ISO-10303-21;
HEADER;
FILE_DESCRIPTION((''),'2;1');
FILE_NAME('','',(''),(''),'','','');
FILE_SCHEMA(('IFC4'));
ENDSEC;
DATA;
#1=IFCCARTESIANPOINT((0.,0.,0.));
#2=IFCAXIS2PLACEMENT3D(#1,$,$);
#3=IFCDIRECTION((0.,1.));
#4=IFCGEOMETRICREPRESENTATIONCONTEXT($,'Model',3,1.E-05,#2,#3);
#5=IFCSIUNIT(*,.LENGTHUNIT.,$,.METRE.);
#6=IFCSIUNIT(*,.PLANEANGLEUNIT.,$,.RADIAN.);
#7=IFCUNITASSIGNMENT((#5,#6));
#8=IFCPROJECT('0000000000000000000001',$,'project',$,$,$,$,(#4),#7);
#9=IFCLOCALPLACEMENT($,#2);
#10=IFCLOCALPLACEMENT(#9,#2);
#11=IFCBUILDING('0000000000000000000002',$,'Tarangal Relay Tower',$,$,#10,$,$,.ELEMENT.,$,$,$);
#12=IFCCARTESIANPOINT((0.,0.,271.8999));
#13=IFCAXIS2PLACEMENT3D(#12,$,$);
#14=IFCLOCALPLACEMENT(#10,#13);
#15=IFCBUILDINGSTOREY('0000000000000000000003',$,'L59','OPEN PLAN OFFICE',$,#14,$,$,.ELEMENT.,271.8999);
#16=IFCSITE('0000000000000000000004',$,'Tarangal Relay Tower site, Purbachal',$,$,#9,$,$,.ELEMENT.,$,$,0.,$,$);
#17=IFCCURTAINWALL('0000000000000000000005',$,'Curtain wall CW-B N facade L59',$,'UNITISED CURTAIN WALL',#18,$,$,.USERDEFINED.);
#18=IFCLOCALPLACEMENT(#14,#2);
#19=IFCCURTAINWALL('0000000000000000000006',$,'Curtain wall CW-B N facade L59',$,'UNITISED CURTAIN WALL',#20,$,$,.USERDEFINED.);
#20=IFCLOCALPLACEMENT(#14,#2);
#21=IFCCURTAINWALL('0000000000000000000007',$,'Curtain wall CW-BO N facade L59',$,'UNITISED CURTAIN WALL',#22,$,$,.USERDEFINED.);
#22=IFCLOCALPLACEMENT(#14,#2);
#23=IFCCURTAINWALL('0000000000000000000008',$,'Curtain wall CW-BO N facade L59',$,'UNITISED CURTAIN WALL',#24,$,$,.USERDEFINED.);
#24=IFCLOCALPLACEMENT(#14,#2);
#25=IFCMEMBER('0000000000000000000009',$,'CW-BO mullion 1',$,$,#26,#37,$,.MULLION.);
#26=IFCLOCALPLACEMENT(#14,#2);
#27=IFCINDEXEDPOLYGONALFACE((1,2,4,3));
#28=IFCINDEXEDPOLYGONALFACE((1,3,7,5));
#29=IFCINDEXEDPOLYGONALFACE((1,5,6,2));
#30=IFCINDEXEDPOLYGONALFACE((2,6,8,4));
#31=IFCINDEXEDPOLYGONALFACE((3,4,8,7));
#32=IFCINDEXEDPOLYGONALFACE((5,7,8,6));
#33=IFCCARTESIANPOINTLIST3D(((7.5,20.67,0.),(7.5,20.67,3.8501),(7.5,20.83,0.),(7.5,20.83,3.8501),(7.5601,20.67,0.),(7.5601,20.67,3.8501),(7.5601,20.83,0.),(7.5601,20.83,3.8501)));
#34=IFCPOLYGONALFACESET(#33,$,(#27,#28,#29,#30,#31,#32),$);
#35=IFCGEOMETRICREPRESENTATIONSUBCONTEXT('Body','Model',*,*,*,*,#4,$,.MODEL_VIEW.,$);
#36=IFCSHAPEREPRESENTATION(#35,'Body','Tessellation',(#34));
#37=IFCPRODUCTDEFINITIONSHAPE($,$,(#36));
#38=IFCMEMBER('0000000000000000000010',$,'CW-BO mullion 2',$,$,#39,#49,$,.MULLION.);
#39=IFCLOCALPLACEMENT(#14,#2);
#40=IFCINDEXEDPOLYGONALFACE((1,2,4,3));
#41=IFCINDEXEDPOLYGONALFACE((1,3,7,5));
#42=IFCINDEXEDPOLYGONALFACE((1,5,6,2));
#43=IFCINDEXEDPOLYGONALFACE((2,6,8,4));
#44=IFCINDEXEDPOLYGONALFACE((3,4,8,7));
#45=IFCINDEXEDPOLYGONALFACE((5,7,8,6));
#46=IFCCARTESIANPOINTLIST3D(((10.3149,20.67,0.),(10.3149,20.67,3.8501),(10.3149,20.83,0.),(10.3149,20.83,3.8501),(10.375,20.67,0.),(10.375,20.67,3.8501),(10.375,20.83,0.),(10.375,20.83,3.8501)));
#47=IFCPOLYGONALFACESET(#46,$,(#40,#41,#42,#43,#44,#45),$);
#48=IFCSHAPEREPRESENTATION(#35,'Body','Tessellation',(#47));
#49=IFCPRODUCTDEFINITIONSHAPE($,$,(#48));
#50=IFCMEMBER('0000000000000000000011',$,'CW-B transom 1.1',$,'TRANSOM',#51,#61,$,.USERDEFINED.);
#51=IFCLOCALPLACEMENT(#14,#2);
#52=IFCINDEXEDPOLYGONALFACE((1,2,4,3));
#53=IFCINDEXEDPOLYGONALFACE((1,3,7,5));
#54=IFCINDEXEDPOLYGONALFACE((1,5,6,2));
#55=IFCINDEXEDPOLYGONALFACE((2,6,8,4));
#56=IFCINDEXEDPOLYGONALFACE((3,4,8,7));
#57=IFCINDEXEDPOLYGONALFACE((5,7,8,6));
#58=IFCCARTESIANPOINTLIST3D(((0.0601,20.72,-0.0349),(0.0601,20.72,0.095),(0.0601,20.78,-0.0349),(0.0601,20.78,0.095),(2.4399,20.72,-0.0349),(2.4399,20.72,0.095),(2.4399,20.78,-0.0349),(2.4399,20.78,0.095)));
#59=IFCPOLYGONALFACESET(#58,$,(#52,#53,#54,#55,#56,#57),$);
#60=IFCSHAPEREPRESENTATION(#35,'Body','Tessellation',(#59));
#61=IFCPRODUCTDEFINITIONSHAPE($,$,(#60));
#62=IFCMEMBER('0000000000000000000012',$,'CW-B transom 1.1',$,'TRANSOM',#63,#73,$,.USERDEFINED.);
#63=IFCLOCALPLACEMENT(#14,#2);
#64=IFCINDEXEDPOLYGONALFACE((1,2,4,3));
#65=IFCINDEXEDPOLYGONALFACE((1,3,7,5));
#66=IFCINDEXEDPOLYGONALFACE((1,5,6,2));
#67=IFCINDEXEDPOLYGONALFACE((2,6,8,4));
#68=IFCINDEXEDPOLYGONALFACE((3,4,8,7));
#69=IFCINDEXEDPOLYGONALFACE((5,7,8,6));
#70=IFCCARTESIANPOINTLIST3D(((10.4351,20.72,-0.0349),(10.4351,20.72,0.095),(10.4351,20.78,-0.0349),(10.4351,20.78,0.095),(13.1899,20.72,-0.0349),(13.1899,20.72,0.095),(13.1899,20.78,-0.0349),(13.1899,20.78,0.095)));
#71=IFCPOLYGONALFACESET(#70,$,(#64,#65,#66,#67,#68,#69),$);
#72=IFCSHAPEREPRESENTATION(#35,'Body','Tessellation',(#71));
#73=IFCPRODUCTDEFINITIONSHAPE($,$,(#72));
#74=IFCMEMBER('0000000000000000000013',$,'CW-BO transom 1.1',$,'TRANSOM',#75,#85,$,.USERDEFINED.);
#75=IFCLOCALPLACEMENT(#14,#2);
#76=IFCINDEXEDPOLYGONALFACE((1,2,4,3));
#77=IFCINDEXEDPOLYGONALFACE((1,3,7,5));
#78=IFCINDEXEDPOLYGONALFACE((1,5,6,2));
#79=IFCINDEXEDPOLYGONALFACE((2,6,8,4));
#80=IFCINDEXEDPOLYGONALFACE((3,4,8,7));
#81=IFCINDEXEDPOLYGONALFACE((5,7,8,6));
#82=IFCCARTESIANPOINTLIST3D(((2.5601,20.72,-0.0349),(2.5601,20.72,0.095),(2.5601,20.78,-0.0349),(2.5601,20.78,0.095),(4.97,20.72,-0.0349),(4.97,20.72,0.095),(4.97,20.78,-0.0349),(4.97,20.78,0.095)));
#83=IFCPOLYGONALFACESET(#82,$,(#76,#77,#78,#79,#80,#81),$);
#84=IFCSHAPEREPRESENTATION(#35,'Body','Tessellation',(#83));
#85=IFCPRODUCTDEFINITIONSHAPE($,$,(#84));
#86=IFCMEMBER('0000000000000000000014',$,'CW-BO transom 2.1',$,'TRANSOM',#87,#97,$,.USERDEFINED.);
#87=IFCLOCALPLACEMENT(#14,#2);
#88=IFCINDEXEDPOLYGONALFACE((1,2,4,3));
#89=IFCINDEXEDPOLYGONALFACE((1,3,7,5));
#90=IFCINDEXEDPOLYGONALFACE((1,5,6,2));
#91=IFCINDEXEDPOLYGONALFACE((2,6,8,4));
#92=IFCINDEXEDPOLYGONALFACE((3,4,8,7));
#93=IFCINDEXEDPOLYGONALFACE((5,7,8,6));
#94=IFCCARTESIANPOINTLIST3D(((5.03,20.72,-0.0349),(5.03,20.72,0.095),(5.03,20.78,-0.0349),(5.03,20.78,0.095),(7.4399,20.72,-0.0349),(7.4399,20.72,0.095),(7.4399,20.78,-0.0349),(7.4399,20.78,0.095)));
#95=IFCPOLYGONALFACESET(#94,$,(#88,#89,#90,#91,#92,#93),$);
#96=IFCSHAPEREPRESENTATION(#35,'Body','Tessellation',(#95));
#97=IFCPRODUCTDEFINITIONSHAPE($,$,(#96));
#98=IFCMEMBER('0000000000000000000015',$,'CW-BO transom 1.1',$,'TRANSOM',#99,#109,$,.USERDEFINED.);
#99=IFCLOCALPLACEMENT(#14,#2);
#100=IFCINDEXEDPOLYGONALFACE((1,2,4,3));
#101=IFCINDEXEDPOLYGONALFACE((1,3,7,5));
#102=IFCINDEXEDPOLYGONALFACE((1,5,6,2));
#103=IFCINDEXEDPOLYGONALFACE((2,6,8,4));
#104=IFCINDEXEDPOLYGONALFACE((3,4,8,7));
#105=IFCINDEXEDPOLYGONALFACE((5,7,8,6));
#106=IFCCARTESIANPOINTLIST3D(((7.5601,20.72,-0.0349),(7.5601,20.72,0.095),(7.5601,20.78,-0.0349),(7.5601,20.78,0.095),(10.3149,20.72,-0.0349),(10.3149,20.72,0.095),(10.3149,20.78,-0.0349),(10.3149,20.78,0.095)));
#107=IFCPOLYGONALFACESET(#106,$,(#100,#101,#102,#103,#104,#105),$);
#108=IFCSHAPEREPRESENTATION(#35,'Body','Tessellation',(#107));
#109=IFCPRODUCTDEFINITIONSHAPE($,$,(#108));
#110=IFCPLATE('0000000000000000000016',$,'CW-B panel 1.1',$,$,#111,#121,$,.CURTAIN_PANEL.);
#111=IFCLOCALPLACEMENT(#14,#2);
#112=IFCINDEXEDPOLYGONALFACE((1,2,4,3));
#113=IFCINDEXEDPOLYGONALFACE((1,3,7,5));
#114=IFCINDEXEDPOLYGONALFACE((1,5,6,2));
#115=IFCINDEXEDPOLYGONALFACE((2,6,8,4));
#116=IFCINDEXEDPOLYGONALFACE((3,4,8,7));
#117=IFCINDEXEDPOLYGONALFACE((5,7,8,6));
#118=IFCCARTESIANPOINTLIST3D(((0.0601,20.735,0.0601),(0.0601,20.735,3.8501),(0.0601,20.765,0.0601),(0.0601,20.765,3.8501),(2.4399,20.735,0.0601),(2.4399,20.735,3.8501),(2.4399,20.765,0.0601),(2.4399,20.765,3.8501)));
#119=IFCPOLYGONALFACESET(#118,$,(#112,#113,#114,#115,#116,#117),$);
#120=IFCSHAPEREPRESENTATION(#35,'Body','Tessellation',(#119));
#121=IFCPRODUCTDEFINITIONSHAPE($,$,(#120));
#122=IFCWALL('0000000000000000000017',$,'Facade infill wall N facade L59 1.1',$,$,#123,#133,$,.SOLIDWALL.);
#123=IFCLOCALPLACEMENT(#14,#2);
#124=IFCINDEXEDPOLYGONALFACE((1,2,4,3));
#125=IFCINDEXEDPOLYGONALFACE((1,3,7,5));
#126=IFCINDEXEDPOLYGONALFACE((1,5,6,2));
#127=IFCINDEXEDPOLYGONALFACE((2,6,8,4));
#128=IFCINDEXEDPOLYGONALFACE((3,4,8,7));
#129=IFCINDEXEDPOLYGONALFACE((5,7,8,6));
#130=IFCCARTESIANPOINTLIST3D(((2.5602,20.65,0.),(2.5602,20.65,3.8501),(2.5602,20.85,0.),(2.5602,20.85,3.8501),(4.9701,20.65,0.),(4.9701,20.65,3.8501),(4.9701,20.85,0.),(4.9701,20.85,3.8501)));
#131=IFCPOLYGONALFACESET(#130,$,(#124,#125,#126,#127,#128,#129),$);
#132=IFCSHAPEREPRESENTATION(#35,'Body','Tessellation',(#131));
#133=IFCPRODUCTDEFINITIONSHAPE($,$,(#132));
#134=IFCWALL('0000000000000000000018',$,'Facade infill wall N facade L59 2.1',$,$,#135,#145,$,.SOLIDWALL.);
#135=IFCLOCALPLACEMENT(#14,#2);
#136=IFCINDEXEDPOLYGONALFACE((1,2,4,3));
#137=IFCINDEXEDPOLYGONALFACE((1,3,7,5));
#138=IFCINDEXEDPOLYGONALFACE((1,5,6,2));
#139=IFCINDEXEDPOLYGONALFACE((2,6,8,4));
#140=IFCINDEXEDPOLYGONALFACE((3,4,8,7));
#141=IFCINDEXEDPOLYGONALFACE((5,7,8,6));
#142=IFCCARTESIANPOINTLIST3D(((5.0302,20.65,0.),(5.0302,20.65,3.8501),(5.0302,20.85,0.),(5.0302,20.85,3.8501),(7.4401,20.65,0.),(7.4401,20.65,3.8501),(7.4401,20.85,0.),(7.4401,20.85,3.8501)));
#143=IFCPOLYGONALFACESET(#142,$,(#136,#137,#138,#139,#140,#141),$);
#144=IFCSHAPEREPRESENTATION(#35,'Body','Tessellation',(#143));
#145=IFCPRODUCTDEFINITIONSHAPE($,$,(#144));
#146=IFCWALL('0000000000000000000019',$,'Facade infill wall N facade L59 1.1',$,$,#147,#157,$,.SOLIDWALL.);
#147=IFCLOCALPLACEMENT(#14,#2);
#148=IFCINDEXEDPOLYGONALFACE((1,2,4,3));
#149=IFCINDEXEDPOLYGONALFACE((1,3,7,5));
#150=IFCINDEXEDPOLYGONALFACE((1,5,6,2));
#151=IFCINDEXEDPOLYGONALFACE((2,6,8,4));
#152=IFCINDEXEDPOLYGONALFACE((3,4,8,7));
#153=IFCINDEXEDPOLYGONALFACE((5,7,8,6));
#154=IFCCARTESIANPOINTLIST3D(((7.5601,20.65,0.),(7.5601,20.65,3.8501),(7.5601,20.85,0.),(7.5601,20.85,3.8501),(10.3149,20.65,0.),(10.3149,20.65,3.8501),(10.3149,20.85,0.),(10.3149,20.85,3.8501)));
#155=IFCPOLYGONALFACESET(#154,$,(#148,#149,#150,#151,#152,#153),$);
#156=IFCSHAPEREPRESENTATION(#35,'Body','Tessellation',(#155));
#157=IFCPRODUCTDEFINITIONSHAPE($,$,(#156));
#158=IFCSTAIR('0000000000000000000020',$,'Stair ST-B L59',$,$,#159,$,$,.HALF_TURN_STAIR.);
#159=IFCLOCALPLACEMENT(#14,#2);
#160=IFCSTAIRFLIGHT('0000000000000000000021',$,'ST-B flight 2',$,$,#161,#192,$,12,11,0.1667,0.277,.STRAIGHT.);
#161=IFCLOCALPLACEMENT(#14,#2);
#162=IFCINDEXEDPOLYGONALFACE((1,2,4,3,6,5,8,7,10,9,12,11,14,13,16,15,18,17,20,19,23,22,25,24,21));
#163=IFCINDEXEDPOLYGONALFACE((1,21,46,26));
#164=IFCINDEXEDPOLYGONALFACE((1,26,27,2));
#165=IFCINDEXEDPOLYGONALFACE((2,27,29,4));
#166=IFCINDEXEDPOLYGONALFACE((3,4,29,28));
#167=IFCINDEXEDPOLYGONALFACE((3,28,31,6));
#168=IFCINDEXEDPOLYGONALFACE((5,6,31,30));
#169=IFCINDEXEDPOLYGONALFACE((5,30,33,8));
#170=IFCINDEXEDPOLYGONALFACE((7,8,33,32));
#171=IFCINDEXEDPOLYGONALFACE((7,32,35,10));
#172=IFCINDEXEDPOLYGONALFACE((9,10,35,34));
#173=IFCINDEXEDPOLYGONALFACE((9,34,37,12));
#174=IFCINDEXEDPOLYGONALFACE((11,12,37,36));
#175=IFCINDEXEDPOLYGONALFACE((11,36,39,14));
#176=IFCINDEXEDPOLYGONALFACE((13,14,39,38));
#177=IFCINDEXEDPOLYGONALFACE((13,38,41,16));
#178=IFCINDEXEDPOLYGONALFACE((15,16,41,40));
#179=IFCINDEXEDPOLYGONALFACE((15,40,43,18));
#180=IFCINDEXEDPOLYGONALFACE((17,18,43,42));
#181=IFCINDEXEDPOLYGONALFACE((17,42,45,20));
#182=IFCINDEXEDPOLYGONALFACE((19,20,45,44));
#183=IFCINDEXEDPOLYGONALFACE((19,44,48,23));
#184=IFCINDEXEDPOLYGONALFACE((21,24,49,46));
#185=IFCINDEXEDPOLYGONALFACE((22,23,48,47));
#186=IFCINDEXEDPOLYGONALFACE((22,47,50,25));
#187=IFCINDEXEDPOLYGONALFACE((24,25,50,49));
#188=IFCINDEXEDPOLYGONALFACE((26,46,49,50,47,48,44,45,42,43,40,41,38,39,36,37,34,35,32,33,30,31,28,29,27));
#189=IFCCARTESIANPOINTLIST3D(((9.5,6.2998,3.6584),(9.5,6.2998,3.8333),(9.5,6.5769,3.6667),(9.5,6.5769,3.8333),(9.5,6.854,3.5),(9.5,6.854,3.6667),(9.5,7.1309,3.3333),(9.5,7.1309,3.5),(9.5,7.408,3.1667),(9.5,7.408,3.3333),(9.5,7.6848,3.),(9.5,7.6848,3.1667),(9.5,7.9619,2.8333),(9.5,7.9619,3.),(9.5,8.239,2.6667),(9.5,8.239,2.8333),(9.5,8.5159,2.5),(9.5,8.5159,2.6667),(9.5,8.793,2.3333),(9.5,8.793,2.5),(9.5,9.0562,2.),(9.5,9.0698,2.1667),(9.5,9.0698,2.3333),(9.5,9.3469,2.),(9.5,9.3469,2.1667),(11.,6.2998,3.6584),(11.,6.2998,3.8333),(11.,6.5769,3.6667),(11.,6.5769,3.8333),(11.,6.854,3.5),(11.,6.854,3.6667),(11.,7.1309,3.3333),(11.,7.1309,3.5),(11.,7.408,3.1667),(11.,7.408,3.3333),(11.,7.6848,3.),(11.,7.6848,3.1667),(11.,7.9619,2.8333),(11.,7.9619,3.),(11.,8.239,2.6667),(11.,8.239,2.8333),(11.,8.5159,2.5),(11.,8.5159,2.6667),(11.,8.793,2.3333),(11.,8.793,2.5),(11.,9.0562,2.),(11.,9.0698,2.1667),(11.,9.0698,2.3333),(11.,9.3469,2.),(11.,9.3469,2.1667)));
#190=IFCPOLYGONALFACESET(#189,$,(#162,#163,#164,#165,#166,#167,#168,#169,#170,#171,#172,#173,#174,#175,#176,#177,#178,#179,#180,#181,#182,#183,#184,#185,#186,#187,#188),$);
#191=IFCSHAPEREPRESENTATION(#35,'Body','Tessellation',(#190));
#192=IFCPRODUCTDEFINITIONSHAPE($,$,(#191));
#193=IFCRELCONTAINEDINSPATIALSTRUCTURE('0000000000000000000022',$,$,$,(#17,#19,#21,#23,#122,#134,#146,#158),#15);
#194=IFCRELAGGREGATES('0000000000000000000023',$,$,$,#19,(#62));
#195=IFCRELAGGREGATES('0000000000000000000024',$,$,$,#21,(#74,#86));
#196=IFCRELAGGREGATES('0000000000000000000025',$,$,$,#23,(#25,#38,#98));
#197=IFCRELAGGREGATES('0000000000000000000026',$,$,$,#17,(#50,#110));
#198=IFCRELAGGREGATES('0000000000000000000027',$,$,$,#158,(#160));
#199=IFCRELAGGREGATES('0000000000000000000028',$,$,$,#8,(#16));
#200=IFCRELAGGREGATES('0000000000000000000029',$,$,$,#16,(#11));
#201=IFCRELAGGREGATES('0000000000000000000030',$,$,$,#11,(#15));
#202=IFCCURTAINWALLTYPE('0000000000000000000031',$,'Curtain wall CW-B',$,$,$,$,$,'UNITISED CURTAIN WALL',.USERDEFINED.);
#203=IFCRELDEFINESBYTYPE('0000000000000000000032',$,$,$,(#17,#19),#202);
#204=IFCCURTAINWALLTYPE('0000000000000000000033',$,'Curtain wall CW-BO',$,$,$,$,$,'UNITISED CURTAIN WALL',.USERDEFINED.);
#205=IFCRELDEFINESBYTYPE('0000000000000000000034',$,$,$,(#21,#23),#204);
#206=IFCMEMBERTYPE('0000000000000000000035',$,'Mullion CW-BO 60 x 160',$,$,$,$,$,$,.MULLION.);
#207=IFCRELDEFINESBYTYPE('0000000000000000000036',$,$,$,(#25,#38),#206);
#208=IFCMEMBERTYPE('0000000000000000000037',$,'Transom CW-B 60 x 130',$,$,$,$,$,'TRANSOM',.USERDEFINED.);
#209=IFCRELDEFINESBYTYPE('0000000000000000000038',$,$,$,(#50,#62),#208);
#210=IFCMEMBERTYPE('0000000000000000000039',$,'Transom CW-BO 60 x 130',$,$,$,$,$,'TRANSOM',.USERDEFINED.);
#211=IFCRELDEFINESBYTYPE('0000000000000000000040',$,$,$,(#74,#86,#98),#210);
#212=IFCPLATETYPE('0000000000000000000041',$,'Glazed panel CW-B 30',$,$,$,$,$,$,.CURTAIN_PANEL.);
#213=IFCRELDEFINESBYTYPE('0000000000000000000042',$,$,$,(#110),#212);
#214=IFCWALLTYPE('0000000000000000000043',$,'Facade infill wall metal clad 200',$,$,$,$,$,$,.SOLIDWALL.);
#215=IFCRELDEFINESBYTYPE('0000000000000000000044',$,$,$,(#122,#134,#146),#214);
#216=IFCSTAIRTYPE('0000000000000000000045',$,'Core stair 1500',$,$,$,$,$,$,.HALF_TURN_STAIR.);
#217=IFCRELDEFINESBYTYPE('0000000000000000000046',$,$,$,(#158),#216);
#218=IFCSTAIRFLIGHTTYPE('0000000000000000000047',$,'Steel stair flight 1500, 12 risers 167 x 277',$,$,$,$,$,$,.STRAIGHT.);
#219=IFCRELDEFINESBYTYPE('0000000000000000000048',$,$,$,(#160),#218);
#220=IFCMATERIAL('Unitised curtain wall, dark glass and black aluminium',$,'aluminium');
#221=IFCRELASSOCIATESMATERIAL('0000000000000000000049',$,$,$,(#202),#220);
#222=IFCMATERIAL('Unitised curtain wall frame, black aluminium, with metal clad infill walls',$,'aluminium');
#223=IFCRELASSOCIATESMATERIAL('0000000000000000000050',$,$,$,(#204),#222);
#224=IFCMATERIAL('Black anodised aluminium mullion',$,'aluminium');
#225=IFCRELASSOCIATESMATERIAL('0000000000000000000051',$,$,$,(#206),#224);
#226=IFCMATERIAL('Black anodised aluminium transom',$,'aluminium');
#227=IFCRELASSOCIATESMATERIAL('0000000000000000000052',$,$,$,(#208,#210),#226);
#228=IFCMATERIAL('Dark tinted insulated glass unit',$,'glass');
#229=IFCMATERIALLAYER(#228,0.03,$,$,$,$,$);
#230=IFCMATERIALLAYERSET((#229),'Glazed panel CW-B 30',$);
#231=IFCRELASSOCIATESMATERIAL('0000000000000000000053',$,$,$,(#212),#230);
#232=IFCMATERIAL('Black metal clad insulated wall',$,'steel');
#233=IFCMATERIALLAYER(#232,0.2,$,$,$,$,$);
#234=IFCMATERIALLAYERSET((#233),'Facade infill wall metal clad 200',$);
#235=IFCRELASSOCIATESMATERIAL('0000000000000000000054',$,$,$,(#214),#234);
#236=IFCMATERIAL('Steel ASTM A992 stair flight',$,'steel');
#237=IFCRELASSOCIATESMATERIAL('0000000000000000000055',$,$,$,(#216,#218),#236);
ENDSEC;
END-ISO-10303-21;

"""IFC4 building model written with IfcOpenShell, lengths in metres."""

from ifc_helpers import new_model, si_unit, direction, frame, frame_2d, origin, origin_2d, place, context, subcontext, project, spatial, polyline, rectangle, outline, extrude, material, layer, layer_set, material_profile, profile_set, type_object, element, aggregate, save


model = new_model("IFC4")

# Units and contexts
model_context = context("Model", 3, precision=1e-05, world=origin(), true_north=direction((0.0, 1.0)))
body_context = subcontext(model_context, "Body", "Model", "MODEL_VIEW")
ifc_project = project(units=[si_unit("LENGTHUNIT", "METRE"), si_unit("PLANEANGLEUNIT", "RADIAN")], contexts=[model_context])

# Site, building, storey
site_placement = place(None, origin())
site = spatial("IfcSite", under=ifc_project, at=site_placement, Name="Tarangal Relay Tower site, Purbachal", CompositionType="ELEMENT", RefElevation=0.0)
building_placement = place(site_placement, origin())
building = spatial("IfcBuilding", under=site, at=building_placement, Name="Tarangal Relay Tower", CompositionType="ELEMENT")
storey_placement = place(building_placement, frame((0.0, 0.0, 271.8999)))
storey = spatial("IfcBuildingStorey", under=building, at=storey_placement, Name="L59", Description="OPEN PLAN OFFICE", CompositionType="ELEMENT", Elevation=271.8999)

# Curtain wall
ifc_material_1 = material(Name="Unitised curtain wall, dark glass and black aluminium", Category="aluminium")
curtain_wall_type_1 = type_object("IfcCurtainWallType", Name="Curtain wall CW-B", ElementType="UNITISED CURTAIN WALL", PredefinedType="USERDEFINED", material=ifc_material_1)
curtain_wall_1_placement = place(storey_placement, origin())
curtain_wall_1 = element("IfcCurtainWall", 1, at=curtain_wall_1_placement, inside=storey, type_object=curtain_wall_type_1, Name="Curtain wall CW-B N facade L59", ObjectType="UNITISED CURTAIN WALL", PredefinedType="USERDEFINED")
ifc_material_2 = material(Name="Black anodised aluminium mullion", Category="aluminium")

# Curtain wall
curtain_wall_2_placement = place(storey_placement, origin())
curtain_wall_2 = element("IfcCurtainWall", 2, at=curtain_wall_2_placement, inside=storey, type_object=curtain_wall_type_1, Name="Curtain wall CW-B N facade L59", ObjectType="UNITISED CURTAIN WALL", PredefinedType="USERDEFINED")

# Curtain walls, members
ifc_material_3 = material(Name="Unitised curtain wall frame, black aluminium, with metal clad infill walls", Category="aluminium")
curtain_wall_type_2 = type_object("IfcCurtainWallType", Name="Curtain wall CW-BO", ElementType="UNITISED CURTAIN WALL", PredefinedType="USERDEFINED", material=ifc_material_3)
curtain_wall_3_placement = place(storey_placement, origin())
curtain_wall_3 = element("IfcCurtainWall", 3, at=curtain_wall_3_placement, inside=storey, type_object=curtain_wall_type_2, Name="Curtain wall CW-BO N facade L59", ObjectType="UNITISED CURTAIN WALL", PredefinedType="USERDEFINED")
ifc_material_profile_1 = material_profile(ifc_material_2, rectangle(XDim=0.1599, YDim=0.0601, at=origin_2d()), Name="CW-BOM 60X160")
ifc_profile_set_1 = profile_set([ifc_material_profile_1], Name="Black anodised aluminium mullion")
member_type_1 = type_object("IfcMemberType", Name="Mullion CW-BO 60 x 160", PredefinedType="MULLION", material=ifc_profile_set_1)
curtain_wall_4_placement = place(storey_placement, origin())
curtain_wall_4 = element("IfcCurtainWall", 4, at=curtain_wall_4_placement, inside=storey, type_object=curtain_wall_type_2, Name="Curtain wall CW-BO N facade L59", ObjectType="UNITISED CURTAIN WALL", PredefinedType="USERDEFINED")
member_1_placement = place(storey_placement, frame((7.53, 20.75, 0.0), z_axis=(0.0, 0.0, 1.0), x_axis=(0.0, 1.0, 0.0)))
member_1 = element("IfcMember", 5, at=member_1_placement, type_object=member_type_1, Name="CW-BO mullion 1", PredefinedType="MULLION", context=body_context, shape_type="SweptSolid", body=[
    extrude(rectangle(XDim=0.1599, YDim=0.0601, at=origin_2d()), origin(), (0.0, 0.0, 1.0), 3.8501),
])
member_2_placement = place(storey_placement, frame((10.345, 20.75, 0.0), z_axis=(0.0, 0.0, 1.0), x_axis=(0.0, 1.0, 0.0)))
member_2 = element("IfcMember", 6, at=member_2_placement, type_object=member_type_1, Name="CW-BO mullion 2", PredefinedType="MULLION", context=body_context, shape_type="SweptSolid", body=[
    extrude(rectangle(XDim=0.1599, YDim=0.0601, at=origin_2d()), origin(), (0.0, 0.0, 1.0), 3.8501),
])

# Members
ifc_material_4 = material(Name="Black anodised aluminium transom", Category="aluminium")
ifc_material_profile_2 = material_profile(ifc_material_4, rectangle(XDim=0.0601, YDim=0.1299, at=origin_2d()), Name="CW-BT 60X130")
ifc_profile_set_2 = profile_set([ifc_material_profile_2], Name="Black anodised aluminium transom")
member_type_2 = type_object("IfcMemberType", Name="Transom CW-B 60 x 130", ElementType="TRANSOM", PredefinedType="USERDEFINED", material=ifc_profile_set_2)
member_3_placement = place(storey_placement, frame((0.0601, 20.75, 0.03), z_axis=(1.0, 0.0, 0.0), x_axis=(0.0, 1.0, 0.0)))
member_3 = element("IfcMember", 7, at=member_3_placement, type_object=member_type_2, Name="CW-B transom 1.1", ObjectType="TRANSOM", PredefinedType="USERDEFINED", context=body_context, shape_type="SweptSolid", body=[
    extrude(rectangle(XDim=0.0601, YDim=0.1299, at=origin_2d()), origin(), (0.0, 0.0, 1.0), 2.3799),
])
member_4_placement = place(storey_placement, frame((10.4351, 20.75, 0.03), z_axis=(1.0, 0.0, 0.0), x_axis=(0.0, 1.0, 0.0)))
member_4 = element("IfcMember", 8, at=member_4_placement, type_object=member_type_2, Name="CW-B transom 1.1", ObjectType="TRANSOM", PredefinedType="USERDEFINED", context=body_context, shape_type="SweptSolid", body=[
    extrude(rectangle(XDim=0.0601, YDim=0.1299, at=origin_2d()), origin(), (0.0, 0.0, 1.0), 2.7549),
])
aggregate(curtain_wall_2, [member_4])
ifc_material_profile_3 = material_profile(ifc_material_4, rectangle(XDim=0.0601, YDim=0.1299, at=origin_2d()), Name="CW-BOT 60X130")
ifc_profile_set_3 = profile_set([ifc_material_profile_3], Name="Black anodised aluminium transom")
member_type_3 = type_object("IfcMemberType", Name="Transom CW-BO 60 x 130", ElementType="TRANSOM", PredefinedType="USERDEFINED", material=ifc_profile_set_3)
member_5_placement = place(storey_placement, frame((2.5601, 20.75, 0.03), z_axis=(1.0, 0.0, 0.0), x_axis=(0.0, 1.0, 0.0)))
member_5 = element("IfcMember", 9, at=member_5_placement, type_object=member_type_3, Name="CW-BO transom 1.1", ObjectType="TRANSOM", PredefinedType="USERDEFINED", context=body_context, shape_type="SweptSolid", body=[
    extrude(rectangle(XDim=0.0601, YDim=0.1299, at=origin_2d()), origin(), (0.0, 0.0, 1.0), 2.4099),
])
member_6_placement = place(storey_placement, frame((5.03, 20.75, 0.03), z_axis=(1.0, 0.0, 0.0), x_axis=(0.0, 1.0, 0.0)))
member_6 = element("IfcMember", 10, at=member_6_placement, type_object=member_type_3, Name="CW-BO transom 2.1", ObjectType="TRANSOM", PredefinedType="USERDEFINED", context=body_context, shape_type="SweptSolid", body=[
    extrude(rectangle(XDim=0.0601, YDim=0.1299, at=origin_2d()), origin(), (0.0, 0.0, 1.0), 2.4099),
])
aggregate(curtain_wall_3, [member_5, member_6])
member_7_placement = place(storey_placement, frame((7.5601, 20.75, 0.03), z_axis=(1.0, 0.0, 0.0), x_axis=(0.0, 1.0, 0.0)))
member_7 = element("IfcMember", 11, at=member_7_placement, type_object=member_type_3, Name="CW-BO transom 1.1", ObjectType="TRANSOM", PredefinedType="USERDEFINED", context=body_context, shape_type="SweptSolid", body=[
    extrude(rectangle(XDim=0.0601, YDim=0.1299, at=origin_2d()), origin(), (0.0, 0.0, 1.0), 2.7549),
])
aggregate(curtain_wall_4, [member_1, member_2, member_7])

# Plate
ifc_material_5 = material(Name="Dark tinted insulated glass unit", Category="glass")
ifc_layer_1 = layer(ifc_material_5, 0.03)
ifc_layer_set_1 = layer_set([ifc_layer_1], Name="Glazed panel CW-B 30")
plate_type = type_object("IfcPlateType", Name="Glazed panel CW-B 30", PredefinedType="CURTAIN_PANEL", material=ifc_layer_set_1)
plate_placement = place(storey_placement, frame((1.25, 20.75, 0.0601), z_axis=(0.0, 0.0, 1.0), x_axis=(1.0, 0.0, 0.0)))
plate = element("IfcPlate", 12, at=plate_placement, type_object=plate_type, Name="CW-B panel 1.1", PredefinedType="CURTAIN_PANEL", context=body_context, shape_type="SweptSolid", body=[
    extrude(rectangle(XDim=2.3799, YDim=0.03, at=origin_2d()), origin(), (0.0, 0.0, 1.0), 3.79),
])
aggregate(curtain_wall_1, [member_3, plate])

# Walls
ifc_material_6 = material(Name="Black metal clad insulated wall", Category="steel")
ifc_layer_2 = layer(ifc_material_6, 0.2)
ifc_layer_set_2 = layer_set([ifc_layer_2], Name="Facade infill wall metal clad 200")
wall_type = type_object("IfcWallType", Name="Facade infill wall metal clad 200", PredefinedType="SOLIDWALL", material=ifc_layer_set_2)
for number, where, z_axis, x_axis, name in (
    (13, (2.5601, 20.75, 0.0), (0.0, 0.0, 1.0), (1.0, 0.0, 0.0), "Facade infill wall N facade L59 1.1"),
    (14, (5.03, 20.75, 0.0), (0.0, 0.0, 1.0), (1.0, 0.0, 0.0), "Facade infill wall N facade L59 2.1"),
):
    element("IfcWall", number, at=place(storey_placement, frame(where, z_axis=z_axis, x_axis=x_axis)), inside=storey, type_object=wall_type, Name=name, PredefinedType="SOLIDWALL", context=body_context, shape_type="SweptSolid", body=[
        extrude(rectangle(XDim=2.4099, YDim=0.2, at=frame_2d((1.2051, 0.0))), origin(), (0.0, 0.0, 1.0), 3.8501),
    ])
wall_placement = place(storey_placement, frame((7.5601, 20.75, 0.0), z_axis=(0.0, 0.0, 1.0), x_axis=(1.0, 0.0, 0.0)))
element("IfcWall", 15, at=wall_placement, inside=storey, type_object=wall_type, Name="Facade infill wall N facade L59 1.1", PredefinedType="SOLIDWALL", context=body_context, shape_type="SweptSolid", body=[
    extrude(rectangle(XDim=2.7549, YDim=0.2, at=frame_2d((1.3774, 0.0))), origin(), (0.0, 0.0, 1.0), 3.8501),
])

# Stair, stair flight
ifc_material_7 = material(Name="Steel ASTM A992 stair flight", Category="steel")
stair_type = type_object("IfcStairType", Name="Core stair 1500", PredefinedType="HALF_TURN_STAIR", material=ifc_material_7)
stair_placement = place(storey_placement, origin())
stair = element("IfcStair", 16, at=stair_placement, inside=storey, type_object=stair_type, Name="Stair ST-B L59", PredefinedType="HALF_TURN_STAIR")
stair_flight_type = type_object("IfcStairFlightType", Name="Steel stair flight 1500, 12 risers 167 x 277", PredefinedType="STRAIGHT", material=ifc_material_7)
stair_flight_placement = place(storey_placement, frame((10.25, 9.3469, 2.0), z_axis=(0.0, 0.0, 1.0), x_axis=(0.0, -1.0, 0.0)))
stair_flight = element("IfcStairFlight", 17, at=stair_flight_placement, type_object=stair_flight_type, Name="ST-B flight 2", NumberOfRisers=12, NumberOfTreads=11, PredefinedType="STRAIGHT", RiserHeight=0.1667, TreadLength=0.277, context=body_context, shape_type="SweptSolid", body=[
    extrude(outline(polyline([(0.0, 0.0), (0.0, 0.1667), (0.2771, 0.1667), (0.2771, 0.3333), (0.554, 0.3333), (0.554, 0.5), (0.8311, 0.5), (0.8311, 0.6667), (1.1079, 0.6667), (1.1079, 0.8333), (1.385, 0.8333), (1.385, 1.0), (1.6621, 1.0), (1.6621, 1.1667), (1.939, 1.1667), (1.939, 1.3333), (2.2161, 1.3333), (2.2161, 1.5), (2.4929, 1.5), (2.4929, 1.6667), (2.77, 1.6667), (2.77, 1.8333), (3.0471, 1.8333), (3.0471, 2.0), (3.0471, 1.6584), (0.2908, 0.0), (0.0, 0.0)])), frame((0.0, 0.75, 0.0), z_axis=(0.0, -1.0, 0.0), x_axis=(1.0, 0.0, 0.0)), (0.0, 0.0, 1.0), 1.5),
])
aggregate(stair, [stair_flight])

save(model, "model.ifc")
